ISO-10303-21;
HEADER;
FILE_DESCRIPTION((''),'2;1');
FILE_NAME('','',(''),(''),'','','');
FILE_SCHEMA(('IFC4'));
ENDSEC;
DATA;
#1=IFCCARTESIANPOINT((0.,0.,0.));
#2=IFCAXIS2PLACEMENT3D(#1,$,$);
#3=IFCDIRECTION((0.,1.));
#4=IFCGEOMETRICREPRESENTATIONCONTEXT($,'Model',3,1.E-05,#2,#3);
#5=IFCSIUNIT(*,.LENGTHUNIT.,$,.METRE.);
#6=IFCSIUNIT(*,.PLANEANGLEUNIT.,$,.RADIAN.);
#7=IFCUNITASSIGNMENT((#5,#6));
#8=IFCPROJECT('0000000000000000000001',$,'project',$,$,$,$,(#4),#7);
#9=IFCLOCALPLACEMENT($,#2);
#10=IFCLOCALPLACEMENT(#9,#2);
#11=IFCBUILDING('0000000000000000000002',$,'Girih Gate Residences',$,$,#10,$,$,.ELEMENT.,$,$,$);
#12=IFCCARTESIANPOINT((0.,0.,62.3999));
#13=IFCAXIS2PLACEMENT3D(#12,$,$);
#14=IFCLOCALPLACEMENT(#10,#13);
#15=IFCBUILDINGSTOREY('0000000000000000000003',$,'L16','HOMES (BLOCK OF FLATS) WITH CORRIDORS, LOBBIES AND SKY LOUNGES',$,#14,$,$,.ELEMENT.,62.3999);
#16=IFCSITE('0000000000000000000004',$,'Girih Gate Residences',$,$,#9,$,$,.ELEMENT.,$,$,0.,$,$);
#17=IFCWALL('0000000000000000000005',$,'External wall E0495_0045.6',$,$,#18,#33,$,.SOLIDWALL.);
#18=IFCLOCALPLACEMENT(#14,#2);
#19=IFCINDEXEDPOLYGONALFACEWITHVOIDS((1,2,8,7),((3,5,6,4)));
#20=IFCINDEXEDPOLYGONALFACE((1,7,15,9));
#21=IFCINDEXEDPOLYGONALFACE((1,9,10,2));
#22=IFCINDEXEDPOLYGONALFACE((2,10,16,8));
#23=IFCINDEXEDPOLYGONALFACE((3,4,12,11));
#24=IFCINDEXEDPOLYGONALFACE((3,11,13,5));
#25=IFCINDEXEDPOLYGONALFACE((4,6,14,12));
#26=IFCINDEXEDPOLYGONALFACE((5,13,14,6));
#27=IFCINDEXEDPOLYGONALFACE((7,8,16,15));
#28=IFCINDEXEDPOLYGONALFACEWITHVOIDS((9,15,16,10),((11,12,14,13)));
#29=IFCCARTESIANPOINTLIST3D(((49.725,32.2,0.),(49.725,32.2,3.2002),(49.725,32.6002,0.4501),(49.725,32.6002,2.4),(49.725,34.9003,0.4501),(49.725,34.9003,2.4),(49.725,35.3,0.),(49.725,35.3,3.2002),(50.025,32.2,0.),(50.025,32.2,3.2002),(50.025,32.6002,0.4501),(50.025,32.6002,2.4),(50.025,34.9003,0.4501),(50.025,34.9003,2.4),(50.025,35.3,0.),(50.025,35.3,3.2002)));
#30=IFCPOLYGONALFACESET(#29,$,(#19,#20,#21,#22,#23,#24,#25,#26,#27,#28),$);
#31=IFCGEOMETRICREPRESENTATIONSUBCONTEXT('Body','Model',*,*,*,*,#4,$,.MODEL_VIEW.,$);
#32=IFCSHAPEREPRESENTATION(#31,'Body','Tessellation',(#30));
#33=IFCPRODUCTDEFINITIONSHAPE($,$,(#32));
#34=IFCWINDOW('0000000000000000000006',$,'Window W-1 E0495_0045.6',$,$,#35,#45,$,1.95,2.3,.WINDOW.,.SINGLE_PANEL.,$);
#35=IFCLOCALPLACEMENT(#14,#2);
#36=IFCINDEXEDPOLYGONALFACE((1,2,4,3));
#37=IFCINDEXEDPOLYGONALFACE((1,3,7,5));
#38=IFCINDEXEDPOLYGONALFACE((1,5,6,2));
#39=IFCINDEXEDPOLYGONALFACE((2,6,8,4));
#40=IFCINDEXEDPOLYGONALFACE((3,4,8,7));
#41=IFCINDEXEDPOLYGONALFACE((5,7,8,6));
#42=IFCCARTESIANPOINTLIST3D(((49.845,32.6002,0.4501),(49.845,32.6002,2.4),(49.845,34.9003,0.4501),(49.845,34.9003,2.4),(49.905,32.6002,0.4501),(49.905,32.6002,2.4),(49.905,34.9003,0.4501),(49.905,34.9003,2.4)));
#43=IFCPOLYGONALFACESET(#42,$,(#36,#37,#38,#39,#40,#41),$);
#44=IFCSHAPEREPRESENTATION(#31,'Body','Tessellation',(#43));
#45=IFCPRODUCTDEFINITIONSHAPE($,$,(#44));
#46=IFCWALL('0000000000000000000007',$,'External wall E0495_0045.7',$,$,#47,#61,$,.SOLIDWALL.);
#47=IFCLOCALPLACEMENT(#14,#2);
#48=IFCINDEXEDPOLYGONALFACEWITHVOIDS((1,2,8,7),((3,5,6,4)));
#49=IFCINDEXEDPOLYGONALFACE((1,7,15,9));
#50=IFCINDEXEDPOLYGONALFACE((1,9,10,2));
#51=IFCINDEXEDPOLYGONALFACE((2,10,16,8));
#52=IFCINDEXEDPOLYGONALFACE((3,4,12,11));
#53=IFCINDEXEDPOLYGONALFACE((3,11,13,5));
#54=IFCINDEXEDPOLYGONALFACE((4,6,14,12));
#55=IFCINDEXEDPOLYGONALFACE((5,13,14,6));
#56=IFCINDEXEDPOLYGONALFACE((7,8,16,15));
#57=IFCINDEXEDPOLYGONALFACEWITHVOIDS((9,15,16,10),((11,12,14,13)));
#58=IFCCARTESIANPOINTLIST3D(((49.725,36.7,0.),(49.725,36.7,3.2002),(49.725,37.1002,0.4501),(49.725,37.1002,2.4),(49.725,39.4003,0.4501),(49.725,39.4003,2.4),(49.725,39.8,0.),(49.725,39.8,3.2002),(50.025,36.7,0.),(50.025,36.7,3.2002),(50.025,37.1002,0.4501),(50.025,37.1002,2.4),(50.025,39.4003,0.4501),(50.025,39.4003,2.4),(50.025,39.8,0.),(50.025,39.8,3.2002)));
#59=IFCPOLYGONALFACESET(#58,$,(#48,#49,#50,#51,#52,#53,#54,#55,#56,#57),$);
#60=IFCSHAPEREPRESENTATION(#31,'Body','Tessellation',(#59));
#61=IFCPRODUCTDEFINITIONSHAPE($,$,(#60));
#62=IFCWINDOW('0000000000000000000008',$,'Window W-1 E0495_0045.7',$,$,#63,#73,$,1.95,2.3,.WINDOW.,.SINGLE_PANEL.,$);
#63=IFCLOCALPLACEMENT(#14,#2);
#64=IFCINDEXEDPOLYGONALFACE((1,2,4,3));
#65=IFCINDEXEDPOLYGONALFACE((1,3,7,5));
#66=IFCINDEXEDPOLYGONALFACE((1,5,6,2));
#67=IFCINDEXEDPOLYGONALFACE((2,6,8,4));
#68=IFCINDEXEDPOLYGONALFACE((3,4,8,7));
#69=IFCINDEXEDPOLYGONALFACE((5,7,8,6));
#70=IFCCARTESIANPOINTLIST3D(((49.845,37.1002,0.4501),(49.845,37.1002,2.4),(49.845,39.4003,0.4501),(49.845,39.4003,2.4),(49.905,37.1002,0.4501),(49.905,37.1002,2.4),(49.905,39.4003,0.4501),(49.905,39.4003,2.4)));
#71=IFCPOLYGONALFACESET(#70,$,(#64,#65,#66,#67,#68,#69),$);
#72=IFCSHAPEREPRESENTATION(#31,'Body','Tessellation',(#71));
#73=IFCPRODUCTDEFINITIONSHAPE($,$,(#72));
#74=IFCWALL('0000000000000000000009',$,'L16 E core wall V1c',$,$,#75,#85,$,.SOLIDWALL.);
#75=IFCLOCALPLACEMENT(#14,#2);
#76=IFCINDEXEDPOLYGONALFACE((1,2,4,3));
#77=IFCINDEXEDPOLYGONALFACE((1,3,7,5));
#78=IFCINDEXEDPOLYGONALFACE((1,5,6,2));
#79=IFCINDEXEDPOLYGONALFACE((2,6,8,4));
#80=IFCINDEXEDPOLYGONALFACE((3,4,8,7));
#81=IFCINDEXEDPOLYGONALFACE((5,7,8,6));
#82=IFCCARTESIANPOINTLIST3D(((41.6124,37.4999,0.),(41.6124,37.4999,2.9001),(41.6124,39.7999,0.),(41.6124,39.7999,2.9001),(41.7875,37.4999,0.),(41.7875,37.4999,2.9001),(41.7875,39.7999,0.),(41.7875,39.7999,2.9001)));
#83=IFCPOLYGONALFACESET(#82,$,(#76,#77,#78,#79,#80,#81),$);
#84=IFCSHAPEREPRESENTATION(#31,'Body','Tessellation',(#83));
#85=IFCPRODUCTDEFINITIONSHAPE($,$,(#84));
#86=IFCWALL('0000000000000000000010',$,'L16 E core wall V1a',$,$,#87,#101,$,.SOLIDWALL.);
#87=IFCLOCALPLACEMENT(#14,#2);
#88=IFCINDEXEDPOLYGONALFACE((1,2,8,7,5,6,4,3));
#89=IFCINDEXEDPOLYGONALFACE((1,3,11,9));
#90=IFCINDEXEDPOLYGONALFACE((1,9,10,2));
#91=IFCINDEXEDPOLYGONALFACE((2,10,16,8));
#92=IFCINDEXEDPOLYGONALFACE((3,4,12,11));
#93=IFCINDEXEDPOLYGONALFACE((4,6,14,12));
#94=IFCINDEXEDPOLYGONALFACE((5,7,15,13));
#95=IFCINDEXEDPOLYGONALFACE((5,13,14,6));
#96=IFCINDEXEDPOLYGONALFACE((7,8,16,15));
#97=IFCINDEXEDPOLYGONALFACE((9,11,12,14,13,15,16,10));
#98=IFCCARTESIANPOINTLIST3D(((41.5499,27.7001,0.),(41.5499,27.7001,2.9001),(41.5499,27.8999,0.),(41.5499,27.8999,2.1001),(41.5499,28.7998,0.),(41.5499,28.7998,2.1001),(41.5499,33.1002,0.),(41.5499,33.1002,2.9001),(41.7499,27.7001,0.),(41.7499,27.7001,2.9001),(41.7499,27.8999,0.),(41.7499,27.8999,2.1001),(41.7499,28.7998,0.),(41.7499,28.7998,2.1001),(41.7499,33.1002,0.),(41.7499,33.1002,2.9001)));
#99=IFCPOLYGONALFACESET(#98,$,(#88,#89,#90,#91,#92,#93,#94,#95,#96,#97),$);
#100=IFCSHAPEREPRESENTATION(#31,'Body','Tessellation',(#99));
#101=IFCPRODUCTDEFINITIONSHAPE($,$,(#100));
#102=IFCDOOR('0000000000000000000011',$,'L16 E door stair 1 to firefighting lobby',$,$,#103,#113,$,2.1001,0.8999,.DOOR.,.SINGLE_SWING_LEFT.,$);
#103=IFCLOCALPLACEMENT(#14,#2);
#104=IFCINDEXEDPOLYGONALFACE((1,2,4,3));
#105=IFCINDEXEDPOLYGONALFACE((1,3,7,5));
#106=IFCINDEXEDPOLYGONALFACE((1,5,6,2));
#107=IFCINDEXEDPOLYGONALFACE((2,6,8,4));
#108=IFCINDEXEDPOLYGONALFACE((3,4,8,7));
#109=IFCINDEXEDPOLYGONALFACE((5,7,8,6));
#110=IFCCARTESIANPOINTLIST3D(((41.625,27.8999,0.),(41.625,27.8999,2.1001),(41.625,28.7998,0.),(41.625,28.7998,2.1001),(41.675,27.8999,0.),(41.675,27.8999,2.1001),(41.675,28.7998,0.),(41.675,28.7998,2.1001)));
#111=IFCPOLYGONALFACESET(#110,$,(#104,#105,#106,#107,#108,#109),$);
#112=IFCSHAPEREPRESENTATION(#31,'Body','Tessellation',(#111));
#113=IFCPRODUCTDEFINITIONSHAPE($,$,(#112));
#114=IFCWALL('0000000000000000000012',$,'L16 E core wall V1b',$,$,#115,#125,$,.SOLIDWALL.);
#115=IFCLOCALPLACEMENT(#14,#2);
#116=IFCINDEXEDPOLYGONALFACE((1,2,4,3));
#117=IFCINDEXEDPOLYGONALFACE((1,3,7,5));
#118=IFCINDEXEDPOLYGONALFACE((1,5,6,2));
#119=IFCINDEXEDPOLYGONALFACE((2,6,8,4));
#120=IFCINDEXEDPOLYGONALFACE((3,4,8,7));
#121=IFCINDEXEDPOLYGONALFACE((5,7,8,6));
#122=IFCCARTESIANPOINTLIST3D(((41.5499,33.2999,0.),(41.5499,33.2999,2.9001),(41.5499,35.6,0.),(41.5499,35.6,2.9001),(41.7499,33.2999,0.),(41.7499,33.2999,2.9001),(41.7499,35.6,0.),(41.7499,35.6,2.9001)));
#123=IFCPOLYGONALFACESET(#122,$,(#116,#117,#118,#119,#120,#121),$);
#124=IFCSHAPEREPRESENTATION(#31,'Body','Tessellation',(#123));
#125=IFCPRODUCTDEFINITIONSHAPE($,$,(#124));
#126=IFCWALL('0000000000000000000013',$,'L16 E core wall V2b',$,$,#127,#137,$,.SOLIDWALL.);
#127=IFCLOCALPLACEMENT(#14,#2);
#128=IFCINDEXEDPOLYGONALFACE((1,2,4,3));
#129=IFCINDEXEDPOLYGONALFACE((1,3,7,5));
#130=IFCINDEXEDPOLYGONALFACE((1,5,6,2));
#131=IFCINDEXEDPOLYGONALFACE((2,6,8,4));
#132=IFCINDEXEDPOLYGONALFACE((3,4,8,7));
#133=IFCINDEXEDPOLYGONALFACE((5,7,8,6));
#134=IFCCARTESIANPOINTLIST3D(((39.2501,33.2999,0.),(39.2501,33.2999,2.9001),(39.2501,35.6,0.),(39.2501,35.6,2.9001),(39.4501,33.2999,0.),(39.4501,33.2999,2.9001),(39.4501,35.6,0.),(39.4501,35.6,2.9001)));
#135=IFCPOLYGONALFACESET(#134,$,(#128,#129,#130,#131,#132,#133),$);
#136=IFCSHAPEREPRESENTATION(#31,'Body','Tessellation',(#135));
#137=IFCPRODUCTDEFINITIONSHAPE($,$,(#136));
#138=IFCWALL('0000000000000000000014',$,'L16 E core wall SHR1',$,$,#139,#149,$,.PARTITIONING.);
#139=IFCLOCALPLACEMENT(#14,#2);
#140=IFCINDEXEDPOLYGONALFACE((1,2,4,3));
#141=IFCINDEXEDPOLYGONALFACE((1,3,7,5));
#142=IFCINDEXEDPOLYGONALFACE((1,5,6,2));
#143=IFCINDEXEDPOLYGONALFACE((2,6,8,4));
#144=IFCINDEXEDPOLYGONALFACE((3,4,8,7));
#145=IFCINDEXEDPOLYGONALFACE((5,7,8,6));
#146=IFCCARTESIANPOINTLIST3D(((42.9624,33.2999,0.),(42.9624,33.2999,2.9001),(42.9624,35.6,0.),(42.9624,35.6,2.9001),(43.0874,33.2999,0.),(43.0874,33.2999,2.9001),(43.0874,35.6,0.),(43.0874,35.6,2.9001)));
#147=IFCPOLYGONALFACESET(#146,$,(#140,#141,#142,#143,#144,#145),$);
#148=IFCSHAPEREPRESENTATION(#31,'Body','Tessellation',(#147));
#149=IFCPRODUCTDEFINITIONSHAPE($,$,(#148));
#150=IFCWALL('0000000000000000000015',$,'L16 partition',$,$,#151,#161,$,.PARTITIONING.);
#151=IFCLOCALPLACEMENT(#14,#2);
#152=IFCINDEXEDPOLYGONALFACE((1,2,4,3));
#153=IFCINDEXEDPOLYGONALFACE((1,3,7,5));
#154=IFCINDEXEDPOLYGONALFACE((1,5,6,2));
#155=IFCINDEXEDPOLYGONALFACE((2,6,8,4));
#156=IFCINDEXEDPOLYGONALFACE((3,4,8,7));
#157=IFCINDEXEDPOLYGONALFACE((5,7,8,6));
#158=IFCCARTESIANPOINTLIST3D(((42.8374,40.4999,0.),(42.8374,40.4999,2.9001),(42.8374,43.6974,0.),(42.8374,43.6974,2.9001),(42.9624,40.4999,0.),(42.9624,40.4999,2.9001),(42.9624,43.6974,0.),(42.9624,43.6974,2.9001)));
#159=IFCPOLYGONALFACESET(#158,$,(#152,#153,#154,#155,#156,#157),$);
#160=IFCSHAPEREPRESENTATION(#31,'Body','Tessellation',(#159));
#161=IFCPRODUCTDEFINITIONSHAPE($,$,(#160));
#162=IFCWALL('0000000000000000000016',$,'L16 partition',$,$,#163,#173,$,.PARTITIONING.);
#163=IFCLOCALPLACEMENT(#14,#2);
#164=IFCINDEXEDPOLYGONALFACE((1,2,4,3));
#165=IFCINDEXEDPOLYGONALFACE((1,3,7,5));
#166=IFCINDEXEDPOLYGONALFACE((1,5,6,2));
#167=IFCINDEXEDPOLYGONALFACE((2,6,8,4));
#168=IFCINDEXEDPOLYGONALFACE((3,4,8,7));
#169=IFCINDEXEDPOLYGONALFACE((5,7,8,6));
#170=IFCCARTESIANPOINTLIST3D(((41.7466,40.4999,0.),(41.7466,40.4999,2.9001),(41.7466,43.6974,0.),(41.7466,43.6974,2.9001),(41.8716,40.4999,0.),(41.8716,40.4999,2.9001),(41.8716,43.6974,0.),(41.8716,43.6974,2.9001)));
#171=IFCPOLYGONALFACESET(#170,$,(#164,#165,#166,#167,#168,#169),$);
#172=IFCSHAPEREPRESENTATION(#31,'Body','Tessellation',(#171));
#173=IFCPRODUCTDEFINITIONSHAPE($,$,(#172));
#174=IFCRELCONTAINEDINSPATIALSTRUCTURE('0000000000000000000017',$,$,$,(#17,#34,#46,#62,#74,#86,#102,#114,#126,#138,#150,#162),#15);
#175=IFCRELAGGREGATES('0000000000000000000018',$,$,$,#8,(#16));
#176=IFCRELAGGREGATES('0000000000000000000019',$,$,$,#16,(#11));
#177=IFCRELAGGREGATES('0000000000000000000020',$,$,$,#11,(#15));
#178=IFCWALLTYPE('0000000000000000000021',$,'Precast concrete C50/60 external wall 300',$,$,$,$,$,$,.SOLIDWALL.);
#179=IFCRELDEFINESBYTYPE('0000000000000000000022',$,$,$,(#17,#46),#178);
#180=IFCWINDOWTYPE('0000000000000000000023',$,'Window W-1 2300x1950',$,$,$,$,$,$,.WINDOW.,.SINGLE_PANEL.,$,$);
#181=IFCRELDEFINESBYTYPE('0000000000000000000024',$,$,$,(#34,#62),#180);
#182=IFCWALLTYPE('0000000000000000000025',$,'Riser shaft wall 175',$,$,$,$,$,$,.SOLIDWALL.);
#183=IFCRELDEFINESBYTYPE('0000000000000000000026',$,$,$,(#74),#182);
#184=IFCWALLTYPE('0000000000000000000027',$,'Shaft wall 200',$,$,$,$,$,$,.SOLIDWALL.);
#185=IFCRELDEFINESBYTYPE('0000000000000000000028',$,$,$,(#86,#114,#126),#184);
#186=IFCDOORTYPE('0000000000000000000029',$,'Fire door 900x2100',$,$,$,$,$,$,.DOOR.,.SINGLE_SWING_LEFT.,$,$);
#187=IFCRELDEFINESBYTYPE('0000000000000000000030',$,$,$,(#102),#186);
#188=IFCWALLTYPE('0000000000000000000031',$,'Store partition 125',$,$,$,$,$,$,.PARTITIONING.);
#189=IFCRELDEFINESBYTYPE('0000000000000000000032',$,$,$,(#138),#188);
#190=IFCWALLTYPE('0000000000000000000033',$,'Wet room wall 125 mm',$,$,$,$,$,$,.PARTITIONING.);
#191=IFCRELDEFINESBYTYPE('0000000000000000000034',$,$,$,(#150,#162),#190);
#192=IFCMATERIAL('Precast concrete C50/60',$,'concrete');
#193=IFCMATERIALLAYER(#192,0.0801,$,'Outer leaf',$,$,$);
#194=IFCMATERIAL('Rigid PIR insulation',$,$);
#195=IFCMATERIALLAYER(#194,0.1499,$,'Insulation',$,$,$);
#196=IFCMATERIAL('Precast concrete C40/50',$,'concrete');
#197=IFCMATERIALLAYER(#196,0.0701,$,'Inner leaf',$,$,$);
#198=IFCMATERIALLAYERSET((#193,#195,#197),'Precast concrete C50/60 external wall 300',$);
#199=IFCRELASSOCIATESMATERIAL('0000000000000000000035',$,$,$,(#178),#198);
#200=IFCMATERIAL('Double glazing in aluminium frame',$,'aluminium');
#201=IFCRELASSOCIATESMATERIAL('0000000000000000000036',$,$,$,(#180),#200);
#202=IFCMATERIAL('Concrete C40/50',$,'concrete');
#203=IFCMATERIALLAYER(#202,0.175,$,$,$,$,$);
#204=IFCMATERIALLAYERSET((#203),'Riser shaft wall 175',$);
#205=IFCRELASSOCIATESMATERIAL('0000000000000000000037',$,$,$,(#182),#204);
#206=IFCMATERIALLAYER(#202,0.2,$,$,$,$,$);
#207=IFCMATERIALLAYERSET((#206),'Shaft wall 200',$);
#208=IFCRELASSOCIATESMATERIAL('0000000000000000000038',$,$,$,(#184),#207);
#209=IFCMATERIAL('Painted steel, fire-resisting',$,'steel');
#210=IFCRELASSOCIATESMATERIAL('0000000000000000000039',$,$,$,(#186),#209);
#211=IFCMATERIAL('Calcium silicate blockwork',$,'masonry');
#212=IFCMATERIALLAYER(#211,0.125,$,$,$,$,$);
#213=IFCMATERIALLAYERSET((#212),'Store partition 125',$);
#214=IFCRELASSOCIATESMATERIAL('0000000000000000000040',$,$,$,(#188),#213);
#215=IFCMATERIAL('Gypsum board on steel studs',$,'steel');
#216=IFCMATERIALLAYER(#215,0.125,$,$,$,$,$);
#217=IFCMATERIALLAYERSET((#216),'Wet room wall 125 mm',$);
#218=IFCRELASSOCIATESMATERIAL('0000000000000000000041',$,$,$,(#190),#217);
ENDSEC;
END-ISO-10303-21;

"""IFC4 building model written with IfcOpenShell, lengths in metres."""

from ifc_helpers import new_model, si_unit, direction, frame, frame_2d, origin, place, context, subcontext, project, spatial, rectangle, extrude, material, layer, layer_set, type_object, element, fill, save


model = new_model("IFC4")

# Units and contexts
model_context = context("Model", 3, precision=1e-05, world=origin(), true_north=direction((0.0, 1.0)))
body_context = subcontext(model_context, "Body", "Model", "MODEL_VIEW")
ifc_project = project(units=[si_unit("LENGTHUNIT", "METRE"), si_unit("PLANEANGLEUNIT", "RADIAN")], contexts=[model_context])

# Site, building, storey
site_placement = place(None, origin())
site = spatial("IfcSite", under=ifc_project, at=site_placement, Name="Girih Gate Residences", CompositionType="ELEMENT", RefElevation=0.0)
building_placement = place(site_placement, origin())
building = spatial("IfcBuilding", under=site, at=building_placement, Name="Girih Gate Residences", CompositionType="ELEMENT")
storey_placement = place(building_placement, frame((0.0, 0.0, 62.3999)))
storey = spatial("IfcBuildingStorey", under=building, at=storey_placement, Name="L16", Description="HOMES (BLOCK OF FLATS) WITH CORRIDORS, LOBBIES AND SKY LOUNGES", CompositionType="ELEMENT", Elevation=62.3999)

# Shared definitions
ifc_material_1 = material(Name="Gypsum board on steel studs", Category="steel")

# Walls, openings, windows
ifc_material_2 = material(Name="Precast concrete C50/60", Category="concrete")
ifc_layer_1 = layer(ifc_material_2, 0.0801, Name="Outer leaf")
ifc_material_3 = material(Name="Rigid PIR insulation")
ifc_layer_2 = layer(ifc_material_3, 0.1499, Name="Insulation")
ifc_material_4 = material(Name="Precast concrete C40/50", Category="concrete")
ifc_layer_3 = layer(ifc_material_4, 0.0701, Name="Inner leaf")
ifc_layer_set_1 = layer_set([ifc_layer_1, ifc_layer_2, ifc_layer_3], Name="Precast concrete C50/60 external wall 300")
wall_type_1 = type_object("IfcWallType", Name="Precast concrete C50/60 external wall 300", PredefinedType="SOLIDWALL", material=ifc_layer_set_1)
ifc_material_5 = material(Name="Double glazing in aluminium frame", Category="aluminium")
window_type = type_object("IfcWindowType", Name="Window W-1 2300x1950", PartitioningType="SINGLE_PANEL", PredefinedType="WINDOW", material=ifc_material_5)
wall_1_placement = place(storey_placement, frame((49.875, 35.3, 0.0), z_axis=(0.0, 0.0, 1.0), x_axis=(0.0, -1.0, 0.0)))
wall_1 = element("IfcWall", 1, at=wall_1_placement, inside=storey, type_object=wall_type_1, Name="External wall E0495_0045.6", PredefinedType="SOLIDWALL", context=body_context, shape_type="SweptSolid", body=[
    extrude(rectangle(XDim=3.1001, YDim=0.3, at=frame_2d((1.55, 0.0))), origin(), (0.0, 0.0, 1.0), 3.2002),
])
opening_1_placement = place(wall_1_placement, frame((0.3999, 0.0, 0.45)))
opening_1 = element("IfcOpeningElement", 2, at=opening_1_placement, cuts=wall_1, PredefinedType="OPENING", context=body_context, shape_type="SweptSolid", body=[
    extrude(rectangle(XDim=2.3, YDim=1.95, at=frame_2d((1.1499, 0.9751))), frame((0.0, 0.1599, 0.0), z_axis=(0.0, -1.0, 0.0), x_axis=(1.0, 0.0, 0.0)), (0.0, 0.0, 1.0), 0.3201),
])
window_1_placement = place(opening_1_placement, origin())
window_1 = element("IfcWindow", 3, at=window_1_placement, inside=storey, type_object=window_type, Name="Window W-1 E0495_0045.6", OverallHeight=1.95, OverallWidth=2.3, PartitioningType="SINGLE_PANEL", PredefinedType="WINDOW", context=body_context, shape_type="SweptSolid", body=[
    extrude(rectangle(XDim=2.3, YDim=1.95, at=frame_2d((1.1499, 0.9751))), frame((0.0, 0.03, 0.0), z_axis=(0.0, -1.0, 0.0), x_axis=(1.0, 0.0, 0.0)), (0.0, 0.0, 1.0), 0.0601),
])
fill(opening_1, window_1)
wall_2_placement = place(storey_placement, frame((49.875, 39.8, 0.0), z_axis=(0.0, 0.0, 1.0), x_axis=(0.0, -1.0, 0.0)))
wall_2 = element("IfcWall", 4, at=wall_2_placement, inside=storey, type_object=wall_type_1, Name="External wall E0495_0045.7", PredefinedType="SOLIDWALL", context=body_context, shape_type="SweptSolid", body=[
    extrude(rectangle(XDim=3.1001, YDim=0.3, at=frame_2d((1.55, 0.0))), origin(), (0.0, 0.0, 1.0), 3.2002),
])
opening_2_placement = place(wall_2_placement, frame((0.3999, 0.0, 0.45)))
opening_2 = element("IfcOpeningElement", 5, at=opening_2_placement, cuts=wall_2, PredefinedType="OPENING", context=body_context, shape_type="SweptSolid", body=[
    extrude(rectangle(XDim=2.3, YDim=1.95, at=frame_2d((1.1499, 0.9751))), frame((0.0, 0.1599, 0.0), z_axis=(0.0, -1.0, 0.0), x_axis=(1.0, 0.0, 0.0)), (0.0, 0.0, 1.0), 0.3201),
])
window_2_placement = place(opening_2_placement, origin())
window_2 = element("IfcWindow", 6, at=window_2_placement, inside=storey, type_object=window_type, Name="Window W-1 E0495_0045.7", OverallHeight=1.95, OverallWidth=2.3, PartitioningType="SINGLE_PANEL", PredefinedType="WINDOW", context=body_context, shape_type="SweptSolid", body=[
    extrude(rectangle(XDim=2.3, YDim=1.95, at=frame_2d((1.1499, 0.9751))), frame((0.0, 0.03, 0.0), z_axis=(0.0, -1.0, 0.0), x_axis=(1.0, 0.0, 0.0)), (0.0, 0.0, 1.0), 0.0601),
])
fill(opening_2, window_2)

# Wall
ifc_material_6 = material(Name="Concrete C40/50", Category="concrete")
ifc_layer_4 = layer(ifc_material_6, 0.175)
ifc_layer_set_2 = layer_set([ifc_layer_4], Name="Riser shaft wall 175")
wall_type_2 = type_object("IfcWallType", Name="Riser shaft wall 175", PredefinedType="SOLIDWALL", material=ifc_layer_set_2)
wall_3_placement = place(storey_placement, frame((41.7, 37.5, 0.0), z_axis=(0.0, 0.0, 1.0), x_axis=(0.0, 1.0, 0.0)))
element("IfcWall", 7, at=wall_3_placement, inside=storey, type_object=wall_type_2, Name="L16 E core wall V1c", PredefinedType="SOLIDWALL", context=body_context, shape_type="SweptSolid", body=[
    extrude(rectangle(XDim=2.3, YDim=0.175, at=frame_2d((1.1499, 0.0))), origin(), (0.0, 0.0, 1.0), 2.9001),
])

# Wall, opening, door
ifc_layer_5 = layer(ifc_material_6, 0.2)
ifc_layer_set_3 = layer_set([ifc_layer_5], Name="Shaft wall 200")
wall_type_3 = type_object("IfcWallType", Name="Shaft wall 200", PredefinedType="SOLIDWALL", material=ifc_layer_set_3)
wall_4_placement = place(storey_placement, frame((41.6499, 27.7, 0.0), z_axis=(0.0, 0.0, 1.0), x_axis=(0.0, 1.0, 0.0)))
wall_4 = element("IfcWall", 8, at=wall_4_placement, inside=storey, type_object=wall_type_3, Name="L16 E core wall V1a", PredefinedType="SOLIDWALL", context=body_context, shape_type="SweptSolid", body=[
    extrude(rectangle(XDim=5.4001, YDim=0.2, at=frame_2d((2.7002, 0.0))), origin(), (0.0, 0.0, 1.0), 2.9001),
])
opening_3_placement = place(wall_4_placement, frame((0.2, 0.0, 0.0)))
opening_3 = element("IfcOpeningElement", 9, at=opening_3_placement, cuts=wall_4, PredefinedType="OPENING", context=body_context, shape_type="SweptSolid", body=[
    extrude(rectangle(XDim=0.8999, YDim=2.1001, at=frame_2d((0.45, 1.05))), frame((0.0, 0.1099, 0.0), z_axis=(0.0, -1.0, 0.0), x_axis=(1.0, 0.0, 0.0)), (0.0, 0.0, 1.0), 0.22),
])
ifc_material_7 = material(Name="Painted steel, fire-resisting", Category="steel")
door_type_1 = type_object("IfcDoorType", Name="Fire door 900x2100", OperationType="SINGLE_SWING_LEFT", PredefinedType="DOOR", material=ifc_material_7)
door_1_placement = place(opening_3_placement, origin())
door_1 = element("IfcDoor", 10, at=door_1_placement, inside=storey, type_object=door_type_1, Name="L16 E door stair 1 to firefighting lobby", OperationType="SINGLE_SWING_LEFT", OverallHeight=2.1001, OverallWidth=0.8999, PredefinedType="DOOR", context=body_context, shape_type="SweptSolid", body=[
    extrude(rectangle(XDim=0.8999, YDim=2.1001, at=frame_2d((0.45, 1.05))), frame((0.0, 0.0249, 0.0), z_axis=(0.0, -1.0, 0.0), x_axis=(1.0, 0.0, 0.0)), (0.0, 0.0, 1.0), 0.05),
])
fill(opening_3, door_1)

# Walls
for number, where, z_axis, x_axis, name in (
    (11, (41.6499, 33.3, 0.0), (0.0, 0.0, 1.0), (0.0, 1.0, 0.0), "L16 E core wall V1b"),
    (12, (39.3501, 33.3, 0.0), (0.0, 0.0, 1.0), (0.0, 1.0, 0.0), "L16 E core wall V2b"),
):
    element("IfcWall", number, at=place(storey_placement, frame(where, z_axis=z_axis, x_axis=x_axis)), inside=storey, type_object=wall_type_3, Name=name, PredefinedType="SOLIDWALL", context=body_context, shape_type="SweptSolid", body=[
        extrude(rectangle(XDim=2.3, YDim=0.2, at=frame_2d((1.1499, 0.0))), origin(), (0.0, 0.0, 1.0), 2.9001),
    ])
ifc_material_8 = material(Name="Calcium silicate blockwork", Category="masonry")
ifc_layer_6 = layer(ifc_material_8, 0.125)
ifc_layer_set_4 = layer_set([ifc_layer_6], Name="Store partition 125")
wall_type_4 = type_object("IfcWallType", Name="Store partition 125", PredefinedType="PARTITIONING", material=ifc_layer_set_4)
wall_5_placement = place(storey_placement, frame((43.0249, 33.3, 0.0), z_axis=(0.0, 0.0, 1.0), x_axis=(0.0, 1.0, 0.0)))
element("IfcWall", 13, at=wall_5_placement, inside=storey, type_object=wall_type_4, Name="L16 E core wall SHR1", PredefinedType="PARTITIONING", context=body_context, shape_type="SweptSolid", body=[
    extrude(rectangle(XDim=2.3, YDim=0.125, at=frame_2d((1.1499, 0.0))), origin(), (0.0, 0.0, 1.0), 2.9001),
])
ifc_layer_7 = layer(ifc_material_1, 0.125)
ifc_layer_set_5 = layer_set([ifc_layer_7], Name="Wet room wall 125 mm")
wall_type_5 = type_object("IfcWallType", Name="Wet room wall 125 mm", PredefinedType="PARTITIONING", material=ifc_layer_set_5)
for number, where, z_axis, x_axis, name in (
    (14, (42.8999, 40.5, 0.0), (0.0, 0.0, 1.0), (0.0, 1.0, 0.0), "L16 partition"),
    (15, (41.8091, 40.5, 0.0), (0.0, 0.0, 1.0), (0.0, 1.0, 0.0), "L16 partition"),
):
    element("IfcWall", number, at=place(storey_placement, frame(where, z_axis=z_axis, x_axis=x_axis)), inside=storey, type_object=wall_type_5, Name=name, PredefinedType="PARTITIONING", context=body_context, shape_type="SweptSolid", body=[
        extrude(rectangle(XDim=3.1975, YDim=0.125, at=frame_2d((1.5986, 0.0))), origin(), (0.0, 0.0, 1.0), 2.9001),
    ])

save(model, "model.ifc")
